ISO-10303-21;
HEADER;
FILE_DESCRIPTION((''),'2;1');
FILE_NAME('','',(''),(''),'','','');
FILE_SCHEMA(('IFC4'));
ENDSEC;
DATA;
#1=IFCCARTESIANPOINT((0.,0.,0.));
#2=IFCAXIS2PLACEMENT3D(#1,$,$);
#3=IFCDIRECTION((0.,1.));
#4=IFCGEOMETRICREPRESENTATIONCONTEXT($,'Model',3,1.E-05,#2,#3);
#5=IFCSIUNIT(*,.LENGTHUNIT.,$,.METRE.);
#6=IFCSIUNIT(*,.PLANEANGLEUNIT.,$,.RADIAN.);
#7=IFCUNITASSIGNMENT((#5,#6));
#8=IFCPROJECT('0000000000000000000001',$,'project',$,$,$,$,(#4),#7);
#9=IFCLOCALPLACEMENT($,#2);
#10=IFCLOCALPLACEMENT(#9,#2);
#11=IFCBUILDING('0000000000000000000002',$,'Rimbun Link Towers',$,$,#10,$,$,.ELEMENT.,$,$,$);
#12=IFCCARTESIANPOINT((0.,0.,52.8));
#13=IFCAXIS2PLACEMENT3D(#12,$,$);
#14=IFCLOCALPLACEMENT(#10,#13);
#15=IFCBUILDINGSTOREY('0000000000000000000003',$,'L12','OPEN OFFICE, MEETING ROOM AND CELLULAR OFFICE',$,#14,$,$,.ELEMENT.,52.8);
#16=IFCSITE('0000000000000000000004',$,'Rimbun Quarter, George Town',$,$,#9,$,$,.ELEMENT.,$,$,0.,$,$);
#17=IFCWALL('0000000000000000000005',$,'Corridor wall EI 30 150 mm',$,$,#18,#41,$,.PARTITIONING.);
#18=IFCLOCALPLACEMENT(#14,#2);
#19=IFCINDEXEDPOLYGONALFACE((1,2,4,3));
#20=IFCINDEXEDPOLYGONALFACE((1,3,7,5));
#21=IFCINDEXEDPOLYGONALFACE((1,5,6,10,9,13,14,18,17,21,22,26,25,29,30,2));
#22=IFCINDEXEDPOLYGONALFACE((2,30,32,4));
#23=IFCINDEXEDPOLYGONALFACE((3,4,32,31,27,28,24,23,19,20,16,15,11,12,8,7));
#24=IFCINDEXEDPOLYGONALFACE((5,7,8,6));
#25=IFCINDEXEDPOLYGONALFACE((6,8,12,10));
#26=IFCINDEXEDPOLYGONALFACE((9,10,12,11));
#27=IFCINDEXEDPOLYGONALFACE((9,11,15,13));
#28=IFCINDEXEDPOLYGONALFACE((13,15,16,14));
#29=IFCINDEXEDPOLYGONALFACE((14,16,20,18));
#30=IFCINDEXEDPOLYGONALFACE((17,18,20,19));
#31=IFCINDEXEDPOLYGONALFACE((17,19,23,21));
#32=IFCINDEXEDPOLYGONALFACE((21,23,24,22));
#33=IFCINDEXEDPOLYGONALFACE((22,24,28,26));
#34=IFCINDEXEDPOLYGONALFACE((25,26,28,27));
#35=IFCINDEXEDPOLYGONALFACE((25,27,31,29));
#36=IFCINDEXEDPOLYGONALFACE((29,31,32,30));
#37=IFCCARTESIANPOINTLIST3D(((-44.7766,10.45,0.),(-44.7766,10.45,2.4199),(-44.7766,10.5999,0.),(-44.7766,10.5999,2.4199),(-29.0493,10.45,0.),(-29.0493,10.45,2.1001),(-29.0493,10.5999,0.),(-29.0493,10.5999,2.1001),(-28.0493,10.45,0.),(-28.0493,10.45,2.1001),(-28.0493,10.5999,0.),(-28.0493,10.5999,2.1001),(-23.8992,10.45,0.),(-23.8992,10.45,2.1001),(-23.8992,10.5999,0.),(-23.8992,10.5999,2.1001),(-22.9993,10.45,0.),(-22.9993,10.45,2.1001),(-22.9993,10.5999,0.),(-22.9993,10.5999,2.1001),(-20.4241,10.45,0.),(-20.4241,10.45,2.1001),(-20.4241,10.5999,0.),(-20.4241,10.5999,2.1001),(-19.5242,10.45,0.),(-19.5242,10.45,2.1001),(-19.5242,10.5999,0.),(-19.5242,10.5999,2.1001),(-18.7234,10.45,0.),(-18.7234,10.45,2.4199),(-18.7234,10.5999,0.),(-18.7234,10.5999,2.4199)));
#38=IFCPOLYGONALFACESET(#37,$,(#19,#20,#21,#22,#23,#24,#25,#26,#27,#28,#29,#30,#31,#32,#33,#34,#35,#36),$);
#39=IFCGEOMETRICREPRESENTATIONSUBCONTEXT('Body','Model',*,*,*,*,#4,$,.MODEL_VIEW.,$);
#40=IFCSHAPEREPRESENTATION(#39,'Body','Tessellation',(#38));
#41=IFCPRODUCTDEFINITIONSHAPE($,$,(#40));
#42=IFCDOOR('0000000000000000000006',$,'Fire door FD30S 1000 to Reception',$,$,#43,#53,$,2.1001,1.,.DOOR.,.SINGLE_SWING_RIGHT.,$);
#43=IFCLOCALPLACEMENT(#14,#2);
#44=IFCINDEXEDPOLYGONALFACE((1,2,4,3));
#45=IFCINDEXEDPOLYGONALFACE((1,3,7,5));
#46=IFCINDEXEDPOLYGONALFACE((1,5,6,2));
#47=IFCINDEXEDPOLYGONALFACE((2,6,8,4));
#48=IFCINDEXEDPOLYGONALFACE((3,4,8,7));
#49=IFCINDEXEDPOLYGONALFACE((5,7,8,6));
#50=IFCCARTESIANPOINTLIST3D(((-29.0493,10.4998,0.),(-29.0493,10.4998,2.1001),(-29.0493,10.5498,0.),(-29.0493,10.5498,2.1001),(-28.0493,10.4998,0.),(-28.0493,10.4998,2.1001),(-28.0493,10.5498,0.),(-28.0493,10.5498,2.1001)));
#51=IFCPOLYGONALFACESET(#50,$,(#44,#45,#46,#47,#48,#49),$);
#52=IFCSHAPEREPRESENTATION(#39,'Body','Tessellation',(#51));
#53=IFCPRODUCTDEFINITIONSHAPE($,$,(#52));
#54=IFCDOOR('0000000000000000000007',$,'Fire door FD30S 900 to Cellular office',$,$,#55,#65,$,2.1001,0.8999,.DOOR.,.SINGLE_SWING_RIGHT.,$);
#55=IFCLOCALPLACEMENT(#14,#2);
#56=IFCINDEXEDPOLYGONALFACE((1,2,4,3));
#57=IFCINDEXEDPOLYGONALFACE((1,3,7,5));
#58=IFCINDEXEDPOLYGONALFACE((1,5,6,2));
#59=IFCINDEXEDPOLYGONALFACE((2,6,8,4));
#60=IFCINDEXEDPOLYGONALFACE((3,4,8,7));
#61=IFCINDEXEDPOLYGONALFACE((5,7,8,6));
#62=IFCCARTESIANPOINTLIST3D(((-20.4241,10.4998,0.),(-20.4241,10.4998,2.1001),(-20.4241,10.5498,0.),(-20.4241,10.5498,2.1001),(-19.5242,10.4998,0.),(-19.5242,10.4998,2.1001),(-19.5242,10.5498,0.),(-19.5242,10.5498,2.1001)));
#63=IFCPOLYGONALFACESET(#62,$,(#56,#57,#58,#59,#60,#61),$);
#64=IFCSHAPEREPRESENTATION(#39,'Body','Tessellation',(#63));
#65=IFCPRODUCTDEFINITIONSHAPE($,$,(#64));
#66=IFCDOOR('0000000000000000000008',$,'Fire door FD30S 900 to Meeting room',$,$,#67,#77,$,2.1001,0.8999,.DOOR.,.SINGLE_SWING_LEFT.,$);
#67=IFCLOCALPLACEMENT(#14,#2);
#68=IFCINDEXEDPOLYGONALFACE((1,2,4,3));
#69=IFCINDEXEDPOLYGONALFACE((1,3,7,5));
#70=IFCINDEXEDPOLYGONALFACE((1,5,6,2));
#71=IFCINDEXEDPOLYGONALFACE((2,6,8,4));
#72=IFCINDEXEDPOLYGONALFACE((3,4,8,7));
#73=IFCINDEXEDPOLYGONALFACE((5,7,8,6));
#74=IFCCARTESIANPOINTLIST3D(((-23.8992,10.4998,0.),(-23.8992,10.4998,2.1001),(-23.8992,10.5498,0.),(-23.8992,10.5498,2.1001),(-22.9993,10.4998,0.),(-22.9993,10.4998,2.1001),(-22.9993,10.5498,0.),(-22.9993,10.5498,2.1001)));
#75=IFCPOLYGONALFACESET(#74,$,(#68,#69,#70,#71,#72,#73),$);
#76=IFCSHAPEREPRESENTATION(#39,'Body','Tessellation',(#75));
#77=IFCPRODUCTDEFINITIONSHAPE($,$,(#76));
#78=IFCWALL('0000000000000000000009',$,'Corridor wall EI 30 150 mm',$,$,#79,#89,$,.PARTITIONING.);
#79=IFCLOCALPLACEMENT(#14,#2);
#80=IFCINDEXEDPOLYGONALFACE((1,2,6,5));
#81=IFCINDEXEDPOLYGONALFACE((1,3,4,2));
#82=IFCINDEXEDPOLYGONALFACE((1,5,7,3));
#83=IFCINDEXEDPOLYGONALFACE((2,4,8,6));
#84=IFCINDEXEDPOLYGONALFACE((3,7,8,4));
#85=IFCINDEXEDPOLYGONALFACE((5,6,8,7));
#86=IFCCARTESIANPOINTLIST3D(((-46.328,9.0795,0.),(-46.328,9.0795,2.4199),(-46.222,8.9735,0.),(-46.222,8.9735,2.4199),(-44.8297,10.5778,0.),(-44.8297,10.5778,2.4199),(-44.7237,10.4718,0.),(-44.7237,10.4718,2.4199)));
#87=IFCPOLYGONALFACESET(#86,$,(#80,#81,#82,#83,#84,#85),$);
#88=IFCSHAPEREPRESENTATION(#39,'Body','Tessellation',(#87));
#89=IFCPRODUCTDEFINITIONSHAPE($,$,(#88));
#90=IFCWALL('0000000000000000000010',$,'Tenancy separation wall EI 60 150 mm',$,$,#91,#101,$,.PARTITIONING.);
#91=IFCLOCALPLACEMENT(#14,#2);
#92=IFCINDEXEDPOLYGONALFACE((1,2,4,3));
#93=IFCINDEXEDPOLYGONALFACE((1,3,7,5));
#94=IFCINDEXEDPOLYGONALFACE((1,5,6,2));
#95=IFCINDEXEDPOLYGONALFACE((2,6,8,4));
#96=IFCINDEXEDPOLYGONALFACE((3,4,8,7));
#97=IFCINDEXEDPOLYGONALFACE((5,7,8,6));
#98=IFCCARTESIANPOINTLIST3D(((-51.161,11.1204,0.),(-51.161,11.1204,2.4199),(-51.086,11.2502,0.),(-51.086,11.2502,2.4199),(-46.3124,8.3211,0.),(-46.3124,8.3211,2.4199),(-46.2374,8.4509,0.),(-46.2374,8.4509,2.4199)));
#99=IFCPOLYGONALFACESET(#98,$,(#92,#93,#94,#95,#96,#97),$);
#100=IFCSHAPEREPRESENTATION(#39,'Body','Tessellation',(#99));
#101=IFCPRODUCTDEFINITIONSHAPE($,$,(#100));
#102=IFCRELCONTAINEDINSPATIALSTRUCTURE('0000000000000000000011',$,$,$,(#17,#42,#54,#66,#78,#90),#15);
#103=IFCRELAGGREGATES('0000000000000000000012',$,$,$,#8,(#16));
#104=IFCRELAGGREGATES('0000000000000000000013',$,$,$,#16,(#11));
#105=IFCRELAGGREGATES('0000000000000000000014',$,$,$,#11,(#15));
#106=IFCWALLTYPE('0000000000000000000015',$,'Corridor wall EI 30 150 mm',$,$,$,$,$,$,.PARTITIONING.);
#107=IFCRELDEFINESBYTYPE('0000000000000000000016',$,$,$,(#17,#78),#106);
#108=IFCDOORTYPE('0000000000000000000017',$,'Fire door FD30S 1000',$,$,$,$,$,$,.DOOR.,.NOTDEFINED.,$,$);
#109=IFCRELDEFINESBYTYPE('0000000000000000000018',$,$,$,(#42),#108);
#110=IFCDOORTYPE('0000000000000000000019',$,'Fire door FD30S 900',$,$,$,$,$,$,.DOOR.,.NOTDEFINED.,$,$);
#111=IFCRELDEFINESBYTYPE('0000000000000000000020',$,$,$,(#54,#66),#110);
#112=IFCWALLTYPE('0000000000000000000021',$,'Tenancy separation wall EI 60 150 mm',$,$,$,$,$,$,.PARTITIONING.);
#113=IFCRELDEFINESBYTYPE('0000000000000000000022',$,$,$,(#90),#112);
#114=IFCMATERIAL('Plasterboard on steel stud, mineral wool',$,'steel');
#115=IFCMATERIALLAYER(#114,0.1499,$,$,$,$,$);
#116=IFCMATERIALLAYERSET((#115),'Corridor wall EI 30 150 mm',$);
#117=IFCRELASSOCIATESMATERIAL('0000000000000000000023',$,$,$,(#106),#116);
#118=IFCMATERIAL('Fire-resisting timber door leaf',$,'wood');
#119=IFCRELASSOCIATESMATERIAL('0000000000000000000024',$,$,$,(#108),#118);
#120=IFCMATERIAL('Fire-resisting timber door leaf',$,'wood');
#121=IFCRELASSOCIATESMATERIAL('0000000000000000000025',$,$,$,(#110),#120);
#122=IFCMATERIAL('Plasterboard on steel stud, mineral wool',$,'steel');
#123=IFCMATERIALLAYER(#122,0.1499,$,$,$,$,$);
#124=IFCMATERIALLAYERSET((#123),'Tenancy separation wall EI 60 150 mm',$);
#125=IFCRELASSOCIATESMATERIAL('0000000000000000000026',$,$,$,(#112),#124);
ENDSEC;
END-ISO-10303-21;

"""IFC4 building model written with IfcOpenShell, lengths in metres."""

from ifc_helpers import new_model, si_unit, direction, frame, frame_2d, origin, place, context, subcontext, project, spatial, rectangle, extrude, material, layer, layer_set, type_object, element, fill, save


model = new_model("IFC4")

# Units and contexts
model_context = context("Model", 3, precision=1e-05, world=origin(), true_north=direction((0.0, 1.0)))
body_context = subcontext(model_context, "Body", "Model", "MODEL_VIEW")
ifc_project = project(units=[si_unit("LENGTHUNIT", "METRE"), si_unit("PLANEANGLEUNIT", "RADIAN")], contexts=[model_context])

# Site, building, storey
site_placement = place(None, origin())
site = spatial("IfcSite", under=ifc_project, at=site_placement, Name="Rimbun Quarter, George Town", CompositionType="ELEMENT", RefElevation=0.0)
building_placement = place(site_placement, origin())
building = spatial("IfcBuilding", under=site, at=building_placement, Name="Rimbun Link Towers", CompositionType="ELEMENT")
storey_placement = place(building_placement, frame((0.0, 0.0, 52.8)))
storey = spatial("IfcBuildingStorey", under=building, at=storey_placement, Name="L12", Description="OPEN OFFICE, MEETING ROOM AND CELLULAR OFFICE", CompositionType="ELEMENT", Elevation=52.8)

# Wall, openings, doors
ifc_material_1 = material(Name="Plasterboard on steel stud, mineral wool", Category="steel")
ifc_layer_1 = layer(ifc_material_1, 0.1499)
ifc_layer_set_1 = layer_set([ifc_layer_1], Name="Corridor wall EI 30 150 mm")
wall_type_1 = type_object("IfcWallType", Name="Corridor wall EI 30 150 mm", PredefinedType="PARTITIONING", material=ifc_layer_set_1)
wall_1_placement = place(storey_placement, frame((-44.7766, 10.5249, 0.0), z_axis=(0.0, 0.0, 1.0), x_axis=(1.0, 0.0, 0.0)))
wall_1 = element("IfcWall", 1, at=wall_1_placement, inside=storey, type_object=wall_type_1, Name="Corridor wall EI 30 150 mm", PredefinedType="PARTITIONING", context=body_context, shape_type="SweptSolid", body=[
    extrude(rectangle(XDim=26.0532, YDim=0.1499, at=frame_2d((13.0266, 0.0))), origin(), (0.0, 0.0, 1.0), 2.4199),
])
opening_1_placement = place(wall_1_placement, frame((24.3525, 0.0, 0.0)))
opening_1 = element("IfcOpeningElement", 2, at=opening_1_placement, cuts=wall_1, PredefinedType="OPENING", context=body_context, shape_type="SweptSolid", body=[
    extrude(rectangle(XDim=0.8999, YDim=2.1001, at=frame_2d((0.45, 1.05))), frame((0.0, 0.085, 0.0), z_axis=(0.0, -1.0, 0.0), x_axis=(1.0, 0.0, 0.0)), (0.0, 0.0, 1.0), 0.1699),
])
opening_2_placement = place(wall_1_placement, frame((20.8774, 0.0, 0.0)))
opening_2 = element("IfcOpeningElement", 3, at=opening_2_placement, cuts=wall_1, PredefinedType="OPENING", context=body_context, shape_type="SweptSolid", body=[
    extrude(rectangle(XDim=0.8999, YDim=2.1001, at=frame_2d((0.45, 1.05))), frame((0.0, 0.085, 0.0), z_axis=(0.0, -1.0, 0.0), x_axis=(1.0, 0.0, 0.0)), (0.0, 0.0, 1.0), 0.1699),
])
opening_3_placement = place(wall_1_placement, frame((15.7273, 0.0, 0.0)))
opening_3 = element("IfcOpeningElement", 4, at=opening_3_placement, cuts=wall_1, PredefinedType="OPENING", context=body_context, shape_type="SweptSolid", body=[
    extrude(rectangle(XDim=1.0, YDim=2.1001, at=frame_2d((0.5, 1.05))), frame((0.0, 0.085, 0.0), z_axis=(0.0, -1.0, 0.0), x_axis=(1.0, 0.0, 0.0)), (0.0, 0.0, 1.0), 0.1699),
])
ifc_material_2 = material(Name="Fire-resisting timber door leaf", Category="wood")
door_type_1 = type_object("IfcDoorType", Name="Fire door FD30S 1000", OperationType="NOTDEFINED", PredefinedType="DOOR", material=ifc_material_2)
door_1_placement = place(opening_3_placement, origin())
door_1 = element("IfcDoor", 5, at=door_1_placement, inside=storey, type_object=door_type_1, Name="Fire door FD30S 1000 to Reception", OperationType="SINGLE_SWING_RIGHT", OverallHeight=2.1001, OverallWidth=1.0, PredefinedType="DOOR", context=body_context, shape_type="SweptSolid", body=[
    extrude(rectangle(XDim=1.0, YDim=2.1001, at=frame_2d((0.5, 1.05))), frame((0.0, 0.0249, 0.0), z_axis=(0.0, -1.0, 0.0), x_axis=(1.0, 0.0, 0.0)), (0.0, 0.0, 1.0), 0.05),
])
fill(opening_3, door_1)
ifc_material_3 = material(Name="Fire-resisting timber door leaf", Category="wood")
door_type_2 = type_object("IfcDoorType", Name="Fire door FD30S 900", OperationType="NOTDEFINED", PredefinedType="DOOR", material=ifc_material_3)
door_2_placement = place(opening_1_placement, origin())
door_2 = element("IfcDoor", 6, at=door_2_placement, inside=storey, type_object=door_type_2, Name="Fire door FD30S 900 to Cellular office", OperationType="SINGLE_SWING_RIGHT", OverallHeight=2.1001, OverallWidth=0.8999, PredefinedType="DOOR", context=body_context, shape_type="SweptSolid", body=[
    extrude(rectangle(XDim=0.8999, YDim=2.1001, at=frame_2d((0.45, 1.05))), frame((0.0, 0.0249, 0.0), z_axis=(0.0, -1.0, 0.0), x_axis=(1.0, 0.0, 0.0)), (0.0, 0.0, 1.0), 0.05),
])
fill(opening_1, door_2)
door_3_placement = place(opening_2_placement, origin())
door_3 = element("IfcDoor", 7, at=door_3_placement, inside=storey, type_object=door_type_2, Name="Fire door FD30S 900 to Meeting room", OperationType="SINGLE_SWING_LEFT", OverallHeight=2.1001, OverallWidth=0.8999, PredefinedType="DOOR", context=body_context, shape_type="SweptSolid", body=[
    extrude(rectangle(XDim=0.8999, YDim=2.1001, at=frame_2d((0.45, 1.05))), frame((0.0, 0.0249, 0.0), z_axis=(0.0, -1.0, 0.0), x_axis=(1.0, 0.0, 0.0)), (0.0, 0.0, 1.0), 0.05),
])
fill(opening_2, door_3)

# Walls
wall_2_placement = place(storey_placement, frame((-44.7766, 10.5249, 0.0), z_axis=(0.0, 0.0, 1.0), x_axis=(-0.707107, -0.707107, 0.0)))
element("IfcWall", 8, at=wall_2_placement, inside=storey, type_object=wall_type_1, Name="Corridor wall EI 30 150 mm", PredefinedType="PARTITIONING", context=body_context, shape_type="SweptSolid", body=[
    extrude(rectangle(XDim=2.1189, YDim=0.1499, at=frame_2d((1.0596, 0.0))), origin(), (0.0, 0.0, 1.0), 2.4199),
])
ifc_material_4 = material(Name="Plasterboard on steel stud, mineral wool", Category="steel")
ifc_layer_2 = layer(ifc_material_4, 0.1499)
ifc_layer_set_2 = layer_set([ifc_layer_2], Name="Tenancy separation wall EI 60 150 mm")
wall_type_2 = type_object("IfcWallType", Name="Tenancy separation wall EI 60 150 mm", PredefinedType="PARTITIONING", material=ifc_layer_set_2)
wall_3_placement = place(storey_placement, frame((-46.2749, 8.386, 0.0), z_axis=(0.0, 0.0, 1.0), x_axis=(-0.866029, 0.499994, 0.0)))
element("IfcWall", 9, at=wall_3_placement, inside=storey, type_object=wall_type_2, Name="Tenancy separation wall EI 60 150 mm", PredefinedType="PARTITIONING", context=body_context, shape_type="SweptSolid", body=[
    extrude(rectangle(XDim=5.5986, YDim=0.1499, at=frame_2d((2.7993, 0.0))), origin(), (0.0, 0.0, 1.0), 2.4199),
])

save(model, "model.ifc")
